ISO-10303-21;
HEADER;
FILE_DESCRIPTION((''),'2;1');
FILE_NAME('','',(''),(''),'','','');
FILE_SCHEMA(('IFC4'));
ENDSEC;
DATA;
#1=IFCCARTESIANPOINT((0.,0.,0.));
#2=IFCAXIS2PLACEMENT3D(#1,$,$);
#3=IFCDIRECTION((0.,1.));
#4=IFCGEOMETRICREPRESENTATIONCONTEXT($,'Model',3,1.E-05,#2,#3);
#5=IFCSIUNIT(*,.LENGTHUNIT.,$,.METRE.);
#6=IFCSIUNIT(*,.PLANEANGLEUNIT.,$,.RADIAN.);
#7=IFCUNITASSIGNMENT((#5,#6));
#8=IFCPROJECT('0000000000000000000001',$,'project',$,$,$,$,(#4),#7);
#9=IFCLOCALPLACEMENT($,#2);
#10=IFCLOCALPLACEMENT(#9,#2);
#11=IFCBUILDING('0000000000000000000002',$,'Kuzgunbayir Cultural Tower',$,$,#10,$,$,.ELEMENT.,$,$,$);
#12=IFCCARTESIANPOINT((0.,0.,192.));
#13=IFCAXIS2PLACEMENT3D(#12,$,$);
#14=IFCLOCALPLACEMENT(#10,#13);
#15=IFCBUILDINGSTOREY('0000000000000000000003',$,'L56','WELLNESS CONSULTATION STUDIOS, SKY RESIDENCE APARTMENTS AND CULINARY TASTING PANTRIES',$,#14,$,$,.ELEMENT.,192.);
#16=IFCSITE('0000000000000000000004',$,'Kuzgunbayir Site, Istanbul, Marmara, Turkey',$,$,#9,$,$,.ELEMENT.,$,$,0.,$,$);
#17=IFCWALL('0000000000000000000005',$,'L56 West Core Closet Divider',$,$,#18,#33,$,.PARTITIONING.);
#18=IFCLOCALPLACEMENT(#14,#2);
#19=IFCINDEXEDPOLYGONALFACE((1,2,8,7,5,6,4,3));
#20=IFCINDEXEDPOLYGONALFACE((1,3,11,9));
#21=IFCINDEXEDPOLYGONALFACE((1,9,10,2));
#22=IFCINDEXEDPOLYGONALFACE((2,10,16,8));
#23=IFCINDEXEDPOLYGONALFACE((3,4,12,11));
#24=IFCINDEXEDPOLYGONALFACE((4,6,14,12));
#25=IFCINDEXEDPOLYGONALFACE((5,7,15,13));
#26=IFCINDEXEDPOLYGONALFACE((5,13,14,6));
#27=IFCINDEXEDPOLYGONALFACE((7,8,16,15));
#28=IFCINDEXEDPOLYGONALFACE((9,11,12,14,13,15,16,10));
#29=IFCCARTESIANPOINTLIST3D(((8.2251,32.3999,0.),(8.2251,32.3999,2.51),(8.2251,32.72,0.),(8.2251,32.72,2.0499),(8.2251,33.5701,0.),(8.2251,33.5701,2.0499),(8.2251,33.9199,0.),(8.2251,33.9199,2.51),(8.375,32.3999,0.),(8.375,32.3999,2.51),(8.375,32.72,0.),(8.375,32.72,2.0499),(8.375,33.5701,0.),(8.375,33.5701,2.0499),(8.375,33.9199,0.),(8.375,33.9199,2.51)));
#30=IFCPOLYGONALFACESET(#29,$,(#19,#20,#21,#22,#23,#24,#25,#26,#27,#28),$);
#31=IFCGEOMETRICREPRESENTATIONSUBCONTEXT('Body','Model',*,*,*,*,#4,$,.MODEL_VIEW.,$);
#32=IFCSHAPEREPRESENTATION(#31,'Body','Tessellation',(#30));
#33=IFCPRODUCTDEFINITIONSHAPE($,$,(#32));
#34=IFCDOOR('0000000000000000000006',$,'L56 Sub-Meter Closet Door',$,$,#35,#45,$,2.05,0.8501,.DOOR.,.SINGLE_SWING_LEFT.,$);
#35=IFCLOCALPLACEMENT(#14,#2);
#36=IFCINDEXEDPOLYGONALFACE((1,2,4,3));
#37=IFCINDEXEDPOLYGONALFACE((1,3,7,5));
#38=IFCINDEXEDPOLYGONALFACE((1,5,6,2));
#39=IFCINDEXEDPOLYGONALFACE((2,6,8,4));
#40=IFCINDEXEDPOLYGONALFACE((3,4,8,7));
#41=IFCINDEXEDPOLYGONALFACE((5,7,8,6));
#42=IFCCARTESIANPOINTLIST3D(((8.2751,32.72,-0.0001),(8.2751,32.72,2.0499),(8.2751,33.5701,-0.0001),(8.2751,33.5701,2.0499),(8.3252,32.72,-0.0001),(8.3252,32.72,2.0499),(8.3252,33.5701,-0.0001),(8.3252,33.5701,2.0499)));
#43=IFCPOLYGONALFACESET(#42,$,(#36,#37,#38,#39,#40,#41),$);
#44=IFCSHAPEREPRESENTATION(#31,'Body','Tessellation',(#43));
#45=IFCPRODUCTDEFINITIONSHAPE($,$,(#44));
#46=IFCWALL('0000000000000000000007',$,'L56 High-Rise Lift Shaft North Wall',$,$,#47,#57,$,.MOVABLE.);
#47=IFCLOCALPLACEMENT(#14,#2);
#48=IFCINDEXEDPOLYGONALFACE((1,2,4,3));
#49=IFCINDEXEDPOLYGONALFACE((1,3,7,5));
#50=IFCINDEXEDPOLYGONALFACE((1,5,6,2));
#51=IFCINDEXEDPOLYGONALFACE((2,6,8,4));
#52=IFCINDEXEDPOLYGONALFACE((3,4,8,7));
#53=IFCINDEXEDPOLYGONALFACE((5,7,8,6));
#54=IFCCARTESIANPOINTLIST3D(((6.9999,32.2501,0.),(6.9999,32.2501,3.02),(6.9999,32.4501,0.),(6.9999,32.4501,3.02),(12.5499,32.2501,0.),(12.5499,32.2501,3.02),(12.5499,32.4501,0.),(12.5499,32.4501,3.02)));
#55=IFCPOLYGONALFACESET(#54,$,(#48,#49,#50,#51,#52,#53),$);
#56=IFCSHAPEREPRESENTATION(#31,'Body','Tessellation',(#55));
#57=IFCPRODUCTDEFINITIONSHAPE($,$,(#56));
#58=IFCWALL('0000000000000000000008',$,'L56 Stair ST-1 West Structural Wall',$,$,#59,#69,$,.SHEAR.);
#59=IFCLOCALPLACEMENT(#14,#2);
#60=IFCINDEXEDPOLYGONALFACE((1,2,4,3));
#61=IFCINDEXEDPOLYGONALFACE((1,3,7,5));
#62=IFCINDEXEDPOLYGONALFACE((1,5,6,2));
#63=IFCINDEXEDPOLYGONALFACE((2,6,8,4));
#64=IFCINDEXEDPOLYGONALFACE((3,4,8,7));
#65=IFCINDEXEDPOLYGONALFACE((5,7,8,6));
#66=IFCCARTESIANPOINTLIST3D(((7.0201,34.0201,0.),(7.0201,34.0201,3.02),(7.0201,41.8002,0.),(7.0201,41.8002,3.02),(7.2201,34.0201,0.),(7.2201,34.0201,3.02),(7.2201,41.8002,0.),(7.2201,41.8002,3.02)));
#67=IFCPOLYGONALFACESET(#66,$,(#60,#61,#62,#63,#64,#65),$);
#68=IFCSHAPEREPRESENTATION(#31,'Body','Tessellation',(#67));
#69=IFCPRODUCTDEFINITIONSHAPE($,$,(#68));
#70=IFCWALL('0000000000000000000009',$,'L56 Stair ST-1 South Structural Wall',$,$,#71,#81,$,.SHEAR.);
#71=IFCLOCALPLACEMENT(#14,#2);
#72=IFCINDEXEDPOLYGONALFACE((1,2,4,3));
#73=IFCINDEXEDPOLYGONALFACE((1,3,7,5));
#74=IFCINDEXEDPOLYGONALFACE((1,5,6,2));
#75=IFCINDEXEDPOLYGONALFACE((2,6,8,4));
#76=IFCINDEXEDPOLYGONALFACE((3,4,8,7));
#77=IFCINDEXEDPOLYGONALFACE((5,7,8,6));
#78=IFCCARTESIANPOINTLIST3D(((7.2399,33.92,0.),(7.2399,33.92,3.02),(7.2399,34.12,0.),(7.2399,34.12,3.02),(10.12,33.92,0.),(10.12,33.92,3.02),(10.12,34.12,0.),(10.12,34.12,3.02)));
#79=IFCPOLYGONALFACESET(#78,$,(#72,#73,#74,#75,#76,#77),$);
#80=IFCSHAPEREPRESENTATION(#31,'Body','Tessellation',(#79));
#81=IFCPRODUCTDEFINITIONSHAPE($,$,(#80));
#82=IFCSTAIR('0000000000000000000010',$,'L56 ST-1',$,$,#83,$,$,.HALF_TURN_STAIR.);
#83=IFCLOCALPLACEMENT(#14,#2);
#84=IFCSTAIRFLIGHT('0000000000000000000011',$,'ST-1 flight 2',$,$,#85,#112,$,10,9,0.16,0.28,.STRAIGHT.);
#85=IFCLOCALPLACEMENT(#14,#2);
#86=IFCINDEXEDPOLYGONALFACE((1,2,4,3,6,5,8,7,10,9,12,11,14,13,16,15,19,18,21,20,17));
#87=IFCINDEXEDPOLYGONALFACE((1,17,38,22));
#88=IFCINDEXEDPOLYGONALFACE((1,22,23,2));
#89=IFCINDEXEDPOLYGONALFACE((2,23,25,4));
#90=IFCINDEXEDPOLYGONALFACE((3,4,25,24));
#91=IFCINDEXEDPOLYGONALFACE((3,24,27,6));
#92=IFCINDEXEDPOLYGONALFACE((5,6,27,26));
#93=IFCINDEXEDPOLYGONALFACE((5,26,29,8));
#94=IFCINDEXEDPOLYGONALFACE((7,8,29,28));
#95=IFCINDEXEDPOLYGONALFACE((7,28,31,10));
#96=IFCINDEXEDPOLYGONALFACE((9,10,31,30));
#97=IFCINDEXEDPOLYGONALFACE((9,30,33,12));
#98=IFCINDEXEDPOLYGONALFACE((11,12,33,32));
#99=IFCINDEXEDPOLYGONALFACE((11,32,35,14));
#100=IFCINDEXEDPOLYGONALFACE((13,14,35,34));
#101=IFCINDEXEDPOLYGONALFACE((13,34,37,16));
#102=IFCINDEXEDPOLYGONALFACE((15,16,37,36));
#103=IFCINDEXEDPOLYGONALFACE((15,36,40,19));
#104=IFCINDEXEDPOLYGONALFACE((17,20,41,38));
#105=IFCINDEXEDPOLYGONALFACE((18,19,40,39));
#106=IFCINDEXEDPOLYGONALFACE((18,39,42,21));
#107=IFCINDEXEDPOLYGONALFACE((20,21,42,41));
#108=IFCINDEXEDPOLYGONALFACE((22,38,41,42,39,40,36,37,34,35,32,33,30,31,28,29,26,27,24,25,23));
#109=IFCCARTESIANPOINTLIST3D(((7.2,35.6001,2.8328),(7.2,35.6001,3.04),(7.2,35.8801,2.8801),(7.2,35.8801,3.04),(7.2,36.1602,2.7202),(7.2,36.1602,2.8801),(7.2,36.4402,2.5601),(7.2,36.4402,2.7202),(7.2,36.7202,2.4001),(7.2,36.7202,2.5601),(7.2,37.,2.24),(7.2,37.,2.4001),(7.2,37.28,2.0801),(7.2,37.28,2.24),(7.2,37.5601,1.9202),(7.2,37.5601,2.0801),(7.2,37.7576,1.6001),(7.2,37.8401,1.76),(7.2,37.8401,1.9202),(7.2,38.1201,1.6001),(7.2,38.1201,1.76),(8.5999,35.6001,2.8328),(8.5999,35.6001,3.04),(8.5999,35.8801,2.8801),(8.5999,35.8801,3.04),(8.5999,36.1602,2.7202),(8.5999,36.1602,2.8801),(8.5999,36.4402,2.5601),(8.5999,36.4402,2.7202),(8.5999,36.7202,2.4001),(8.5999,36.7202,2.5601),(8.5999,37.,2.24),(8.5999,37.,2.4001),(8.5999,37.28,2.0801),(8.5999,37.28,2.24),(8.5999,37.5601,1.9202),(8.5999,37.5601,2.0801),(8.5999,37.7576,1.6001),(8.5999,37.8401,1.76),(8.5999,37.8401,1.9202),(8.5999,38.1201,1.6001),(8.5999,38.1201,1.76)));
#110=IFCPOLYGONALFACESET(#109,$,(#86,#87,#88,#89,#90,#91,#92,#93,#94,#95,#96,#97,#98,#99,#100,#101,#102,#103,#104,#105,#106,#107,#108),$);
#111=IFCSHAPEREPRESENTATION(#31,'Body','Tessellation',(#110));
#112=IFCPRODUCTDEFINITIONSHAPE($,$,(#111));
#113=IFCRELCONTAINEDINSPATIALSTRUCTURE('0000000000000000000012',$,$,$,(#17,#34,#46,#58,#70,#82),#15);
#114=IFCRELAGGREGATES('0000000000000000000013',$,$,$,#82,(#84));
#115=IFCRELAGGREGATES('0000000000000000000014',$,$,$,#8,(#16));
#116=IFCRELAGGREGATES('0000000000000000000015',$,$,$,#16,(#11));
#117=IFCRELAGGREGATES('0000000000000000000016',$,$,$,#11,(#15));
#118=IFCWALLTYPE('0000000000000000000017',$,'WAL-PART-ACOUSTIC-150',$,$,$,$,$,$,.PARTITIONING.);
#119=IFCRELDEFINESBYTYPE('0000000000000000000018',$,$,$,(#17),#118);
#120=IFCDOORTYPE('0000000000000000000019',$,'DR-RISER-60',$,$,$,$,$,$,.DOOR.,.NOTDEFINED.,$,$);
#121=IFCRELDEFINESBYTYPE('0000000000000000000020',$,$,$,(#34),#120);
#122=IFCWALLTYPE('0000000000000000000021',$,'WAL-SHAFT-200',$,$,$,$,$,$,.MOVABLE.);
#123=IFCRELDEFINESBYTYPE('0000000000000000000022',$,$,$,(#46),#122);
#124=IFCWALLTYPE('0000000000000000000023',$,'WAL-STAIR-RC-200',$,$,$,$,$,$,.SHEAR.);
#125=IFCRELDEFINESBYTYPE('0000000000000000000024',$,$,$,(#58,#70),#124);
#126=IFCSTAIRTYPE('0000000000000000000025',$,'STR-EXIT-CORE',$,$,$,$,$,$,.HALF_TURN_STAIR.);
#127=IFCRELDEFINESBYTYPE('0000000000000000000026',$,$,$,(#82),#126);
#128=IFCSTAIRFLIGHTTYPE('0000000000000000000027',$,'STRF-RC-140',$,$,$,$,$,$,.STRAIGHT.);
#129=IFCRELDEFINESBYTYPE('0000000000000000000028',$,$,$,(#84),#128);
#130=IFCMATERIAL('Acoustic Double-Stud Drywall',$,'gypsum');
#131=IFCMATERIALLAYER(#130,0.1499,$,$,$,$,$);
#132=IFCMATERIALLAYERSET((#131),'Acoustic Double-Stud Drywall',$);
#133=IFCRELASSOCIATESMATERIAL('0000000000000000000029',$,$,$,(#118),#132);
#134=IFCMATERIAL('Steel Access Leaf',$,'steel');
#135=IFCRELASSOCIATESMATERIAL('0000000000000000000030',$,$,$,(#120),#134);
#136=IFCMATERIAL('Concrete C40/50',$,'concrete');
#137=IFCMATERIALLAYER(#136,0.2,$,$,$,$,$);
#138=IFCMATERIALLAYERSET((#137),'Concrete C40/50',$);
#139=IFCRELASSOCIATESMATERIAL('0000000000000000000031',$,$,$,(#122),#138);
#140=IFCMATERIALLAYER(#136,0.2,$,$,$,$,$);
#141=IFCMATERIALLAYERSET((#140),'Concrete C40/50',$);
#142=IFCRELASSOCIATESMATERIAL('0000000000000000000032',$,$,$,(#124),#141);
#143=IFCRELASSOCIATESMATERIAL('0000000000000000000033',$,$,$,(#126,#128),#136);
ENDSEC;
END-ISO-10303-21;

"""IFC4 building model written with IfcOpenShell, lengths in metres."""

from ifc_helpers import new_model, si_unit, direction, frame, frame_2d, origin, place, context, subcontext, project, spatial, polyline, rectangle, outline, extrude, material, layer, layer_set, type_object, element, fill, aggregate, save


model = new_model("IFC4")

# Units and contexts
model_context = context("Model", 3, precision=1e-05, world=origin(), true_north=direction((0.0, 1.0)))
body_context = subcontext(model_context, "Body", "Model", "MODEL_VIEW")
ifc_project = project(units=[si_unit("LENGTHUNIT", "METRE"), si_unit("PLANEANGLEUNIT", "RADIAN")], contexts=[model_context])

# Site, building, storey
site_placement = place(None, origin())
site = spatial("IfcSite", under=ifc_project, at=site_placement, Name="Kuzgunbayir Site, Istanbul, Marmara, Turkey", CompositionType="ELEMENT", RefElevation=0.0)
building_placement = place(site_placement, origin())
building = spatial("IfcBuilding", under=site, at=building_placement, Name="Kuzgunbayir Cultural Tower", CompositionType="ELEMENT")
storey_placement = place(building_placement, frame((0.0, 0.0, 192.0)))
storey = spatial("IfcBuildingStorey", under=building, at=storey_placement, Name="L56", Description="WELLNESS CONSULTATION STUDIOS, SKY RESIDENCE APARTMENTS AND CULINARY TASTING PANTRIES", CompositionType="ELEMENT", Elevation=192.0)

# Wall, opening, door
ifc_material_1 = material(Name="Acoustic Double-Stud Drywall", Category="gypsum")
ifc_layer_1 = layer(ifc_material_1, 0.1499)
ifc_layer_set_1 = layer_set([ifc_layer_1], Name="Acoustic Double-Stud Drywall")
wall_type_1 = type_object("IfcWallType", Name="WAL-PART-ACOUSTIC-150", PredefinedType="PARTITIONING", material=ifc_layer_set_1)
wall_1_placement = place(storey_placement, frame((8.3, 32.3999, 0.0), z_axis=(0.0, 0.0, 1.0), x_axis=(0.0, 1.0, 0.0)))
wall_1 = element("IfcWall", 1, at=wall_1_placement, inside=storey, type_object=wall_type_1, Name="L56 West Core Closet Divider", PredefinedType="PARTITIONING", context=body_context, shape_type="SweptSolid", body=[
    extrude(rectangle(XDim=1.52, YDim=0.1499, at=frame_2d((0.76, 0.0))), origin(), (0.0, 0.0, 1.0), 2.51),
])
opening_1_placement = place(wall_1_placement, frame((0.3201, 0.0, 0.0)))
opening_1 = element("IfcOpeningElement", 2, at=opening_1_placement, cuts=wall_1, PredefinedType="OPENING", context=body_context, shape_type="SweptSolid", body=[
    extrude(rectangle(XDim=0.8501, YDim=2.05, at=frame_2d((0.425, 1.0249))), frame((0.0, 0.085, 0.0), z_axis=(0.0, -1.0, 0.0), x_axis=(1.0, 0.0, 0.0)), (0.0, 0.0, 1.0), 0.1699),
])
ifc_material_2 = material(Name="Steel Access Leaf", Category="steel")
door_type_1 = type_object("IfcDoorType", Name="DR-RISER-60", OperationType="NOTDEFINED", PredefinedType="DOOR", material=ifc_material_2)
door_1_placement = place(opening_1_placement, origin())
door_1 = element("IfcDoor", 3, at=door_1_placement, inside=storey, type_object=door_type_1, Name="L56 Sub-Meter Closet Door", OperationType="SINGLE_SWING_LEFT", OverallHeight=2.05, OverallWidth=0.8501, PredefinedType="DOOR", context=body_context, shape_type="SweptSolid", body=[
    extrude(rectangle(XDim=0.8501, YDim=2.05, at=frame_2d((0.425, 1.0249))), frame((0.0, 0.0249, 0.0), z_axis=(0.0, -1.0, 0.0), x_axis=(1.0, 0.0, 0.0)), (0.0, 0.0, 1.0), 0.05),
])
fill(opening_1, door_1)

# Walls
ifc_material_3 = material(Name="Concrete C40/50", Category="concrete")
ifc_layer_2 = layer(ifc_material_3, 0.2)
ifc_layer_set_2 = layer_set([ifc_layer_2], Name="Concrete C40/50")
wall_type_2 = type_object("IfcWallType", Name="WAL-SHAFT-200", PredefinedType="MOVABLE", material=ifc_layer_set_2)
wall_2_placement = place(storey_placement, frame((7.0, 32.3501, 0.0), z_axis=(0.0, 0.0, 1.0), x_axis=(1.0, 0.0, 0.0)))
element("IfcWall", 4, at=wall_2_placement, inside=storey, type_object=wall_type_2, Name="L56 High-Rise Lift Shaft North Wall", PredefinedType="MOVABLE", context=body_context, shape_type="SweptSolid", body=[
    extrude(rectangle(XDim=5.55, YDim=0.2, at=frame_2d((2.7749, 0.0))), origin(), (0.0, 0.0, 1.0), 3.02),
])
ifc_layer_3 = layer(ifc_material_3, 0.2)
ifc_layer_set_3 = layer_set([ifc_layer_3], Name="Concrete C40/50")
wall_type_3 = type_object("IfcWallType", Name="WAL-STAIR-RC-200", PredefinedType="SHEAR", material=ifc_layer_set_3)
wall_3_placement = place(storey_placement, frame((7.1201, 34.02, 0.0), z_axis=(0.0, 0.0, 1.0), x_axis=(0.0, 1.0, 0.0)))
element("IfcWall", 5, at=wall_3_placement, inside=storey, type_object=wall_type_3, Name="L56 Stair ST-1 West Structural Wall", PredefinedType="SHEAR", context=body_context, shape_type="SweptSolid", body=[
    extrude(rectangle(XDim=7.78, YDim=0.2, at=frame_2d((3.8901, 0.0))), origin(), (0.0, 0.0, 1.0), 3.02),
])
wall_4_placement = place(storey_placement, frame((7.24, 34.02, 0.0), z_axis=(0.0, 0.0, 1.0), x_axis=(1.0, 0.0, 0.0)))
element("IfcWall", 6, at=wall_4_placement, inside=storey, type_object=wall_type_3, Name="L56 Stair ST-1 South Structural Wall", PredefinedType="SHEAR", context=body_context, shape_type="SweptSolid", body=[
    extrude(rectangle(XDim=2.8801, YDim=0.2, at=frame_2d((1.4399, 0.0))), origin(), (0.0, 0.0, 1.0), 3.02),
])

# Stair, stair flight
stair_type = type_object("IfcStairType", Name="STR-EXIT-CORE", PredefinedType="HALF_TURN_STAIR", material=ifc_material_3)
stair_placement = place(storey_placement, origin())
stair = element("IfcStair", 7, at=stair_placement, inside=storey, type_object=stair_type, Name="L56 ST-1", PredefinedType="HALF_TURN_STAIR")
stair_flight_type = type_object("IfcStairFlightType", Name="STRF-RC-140", PredefinedType="STRAIGHT", material=ifc_material_3)
stair_flight_placement = place(storey_placement, frame((7.8999, 38.1201, 1.6001), z_axis=(0.0, 0.0, 1.0), x_axis=(0.0, -1.0, 0.0)))
stair_flight = element("IfcStairFlight", 8, at=stair_flight_placement, type_object=stair_flight_type, Name="ST-1 flight 2", NumberOfRisers=10, NumberOfTreads=9, PredefinedType="STRAIGHT", RiserHeight=0.16, TreadLength=0.28, context=body_context, shape_type="SweptSolid", body=[
    extrude(outline(polyline([(0.0, 0.0), (0.0, 0.1599), (0.28, 0.1599), (0.28, 0.3201), (0.5601, 0.3201), (0.5601, 0.48), (0.8401, 0.48), (0.8401, 0.6399), (1.1201, 0.6399), (1.1201, 0.8), (1.3999, 0.8), (1.3999, 0.96), (1.6799, 0.96), (1.6799, 1.1201), (1.96, 1.1201), (1.96, 1.28), (2.24, 1.28), (2.24, 1.4399), (2.52, 1.4399), (2.52, 1.6001), (2.52, 1.2327), (0.3625, 0.0), (0.0, 0.0)])), frame((0.0, 0.7, 0.0), z_axis=(0.0, -1.0, 0.0), x_axis=(1.0, 0.0, 0.0)), (0.0, 0.0, 1.0), 1.3999),
])
aggregate(stair, [stair_flight])

save(model, "model.ifc")
